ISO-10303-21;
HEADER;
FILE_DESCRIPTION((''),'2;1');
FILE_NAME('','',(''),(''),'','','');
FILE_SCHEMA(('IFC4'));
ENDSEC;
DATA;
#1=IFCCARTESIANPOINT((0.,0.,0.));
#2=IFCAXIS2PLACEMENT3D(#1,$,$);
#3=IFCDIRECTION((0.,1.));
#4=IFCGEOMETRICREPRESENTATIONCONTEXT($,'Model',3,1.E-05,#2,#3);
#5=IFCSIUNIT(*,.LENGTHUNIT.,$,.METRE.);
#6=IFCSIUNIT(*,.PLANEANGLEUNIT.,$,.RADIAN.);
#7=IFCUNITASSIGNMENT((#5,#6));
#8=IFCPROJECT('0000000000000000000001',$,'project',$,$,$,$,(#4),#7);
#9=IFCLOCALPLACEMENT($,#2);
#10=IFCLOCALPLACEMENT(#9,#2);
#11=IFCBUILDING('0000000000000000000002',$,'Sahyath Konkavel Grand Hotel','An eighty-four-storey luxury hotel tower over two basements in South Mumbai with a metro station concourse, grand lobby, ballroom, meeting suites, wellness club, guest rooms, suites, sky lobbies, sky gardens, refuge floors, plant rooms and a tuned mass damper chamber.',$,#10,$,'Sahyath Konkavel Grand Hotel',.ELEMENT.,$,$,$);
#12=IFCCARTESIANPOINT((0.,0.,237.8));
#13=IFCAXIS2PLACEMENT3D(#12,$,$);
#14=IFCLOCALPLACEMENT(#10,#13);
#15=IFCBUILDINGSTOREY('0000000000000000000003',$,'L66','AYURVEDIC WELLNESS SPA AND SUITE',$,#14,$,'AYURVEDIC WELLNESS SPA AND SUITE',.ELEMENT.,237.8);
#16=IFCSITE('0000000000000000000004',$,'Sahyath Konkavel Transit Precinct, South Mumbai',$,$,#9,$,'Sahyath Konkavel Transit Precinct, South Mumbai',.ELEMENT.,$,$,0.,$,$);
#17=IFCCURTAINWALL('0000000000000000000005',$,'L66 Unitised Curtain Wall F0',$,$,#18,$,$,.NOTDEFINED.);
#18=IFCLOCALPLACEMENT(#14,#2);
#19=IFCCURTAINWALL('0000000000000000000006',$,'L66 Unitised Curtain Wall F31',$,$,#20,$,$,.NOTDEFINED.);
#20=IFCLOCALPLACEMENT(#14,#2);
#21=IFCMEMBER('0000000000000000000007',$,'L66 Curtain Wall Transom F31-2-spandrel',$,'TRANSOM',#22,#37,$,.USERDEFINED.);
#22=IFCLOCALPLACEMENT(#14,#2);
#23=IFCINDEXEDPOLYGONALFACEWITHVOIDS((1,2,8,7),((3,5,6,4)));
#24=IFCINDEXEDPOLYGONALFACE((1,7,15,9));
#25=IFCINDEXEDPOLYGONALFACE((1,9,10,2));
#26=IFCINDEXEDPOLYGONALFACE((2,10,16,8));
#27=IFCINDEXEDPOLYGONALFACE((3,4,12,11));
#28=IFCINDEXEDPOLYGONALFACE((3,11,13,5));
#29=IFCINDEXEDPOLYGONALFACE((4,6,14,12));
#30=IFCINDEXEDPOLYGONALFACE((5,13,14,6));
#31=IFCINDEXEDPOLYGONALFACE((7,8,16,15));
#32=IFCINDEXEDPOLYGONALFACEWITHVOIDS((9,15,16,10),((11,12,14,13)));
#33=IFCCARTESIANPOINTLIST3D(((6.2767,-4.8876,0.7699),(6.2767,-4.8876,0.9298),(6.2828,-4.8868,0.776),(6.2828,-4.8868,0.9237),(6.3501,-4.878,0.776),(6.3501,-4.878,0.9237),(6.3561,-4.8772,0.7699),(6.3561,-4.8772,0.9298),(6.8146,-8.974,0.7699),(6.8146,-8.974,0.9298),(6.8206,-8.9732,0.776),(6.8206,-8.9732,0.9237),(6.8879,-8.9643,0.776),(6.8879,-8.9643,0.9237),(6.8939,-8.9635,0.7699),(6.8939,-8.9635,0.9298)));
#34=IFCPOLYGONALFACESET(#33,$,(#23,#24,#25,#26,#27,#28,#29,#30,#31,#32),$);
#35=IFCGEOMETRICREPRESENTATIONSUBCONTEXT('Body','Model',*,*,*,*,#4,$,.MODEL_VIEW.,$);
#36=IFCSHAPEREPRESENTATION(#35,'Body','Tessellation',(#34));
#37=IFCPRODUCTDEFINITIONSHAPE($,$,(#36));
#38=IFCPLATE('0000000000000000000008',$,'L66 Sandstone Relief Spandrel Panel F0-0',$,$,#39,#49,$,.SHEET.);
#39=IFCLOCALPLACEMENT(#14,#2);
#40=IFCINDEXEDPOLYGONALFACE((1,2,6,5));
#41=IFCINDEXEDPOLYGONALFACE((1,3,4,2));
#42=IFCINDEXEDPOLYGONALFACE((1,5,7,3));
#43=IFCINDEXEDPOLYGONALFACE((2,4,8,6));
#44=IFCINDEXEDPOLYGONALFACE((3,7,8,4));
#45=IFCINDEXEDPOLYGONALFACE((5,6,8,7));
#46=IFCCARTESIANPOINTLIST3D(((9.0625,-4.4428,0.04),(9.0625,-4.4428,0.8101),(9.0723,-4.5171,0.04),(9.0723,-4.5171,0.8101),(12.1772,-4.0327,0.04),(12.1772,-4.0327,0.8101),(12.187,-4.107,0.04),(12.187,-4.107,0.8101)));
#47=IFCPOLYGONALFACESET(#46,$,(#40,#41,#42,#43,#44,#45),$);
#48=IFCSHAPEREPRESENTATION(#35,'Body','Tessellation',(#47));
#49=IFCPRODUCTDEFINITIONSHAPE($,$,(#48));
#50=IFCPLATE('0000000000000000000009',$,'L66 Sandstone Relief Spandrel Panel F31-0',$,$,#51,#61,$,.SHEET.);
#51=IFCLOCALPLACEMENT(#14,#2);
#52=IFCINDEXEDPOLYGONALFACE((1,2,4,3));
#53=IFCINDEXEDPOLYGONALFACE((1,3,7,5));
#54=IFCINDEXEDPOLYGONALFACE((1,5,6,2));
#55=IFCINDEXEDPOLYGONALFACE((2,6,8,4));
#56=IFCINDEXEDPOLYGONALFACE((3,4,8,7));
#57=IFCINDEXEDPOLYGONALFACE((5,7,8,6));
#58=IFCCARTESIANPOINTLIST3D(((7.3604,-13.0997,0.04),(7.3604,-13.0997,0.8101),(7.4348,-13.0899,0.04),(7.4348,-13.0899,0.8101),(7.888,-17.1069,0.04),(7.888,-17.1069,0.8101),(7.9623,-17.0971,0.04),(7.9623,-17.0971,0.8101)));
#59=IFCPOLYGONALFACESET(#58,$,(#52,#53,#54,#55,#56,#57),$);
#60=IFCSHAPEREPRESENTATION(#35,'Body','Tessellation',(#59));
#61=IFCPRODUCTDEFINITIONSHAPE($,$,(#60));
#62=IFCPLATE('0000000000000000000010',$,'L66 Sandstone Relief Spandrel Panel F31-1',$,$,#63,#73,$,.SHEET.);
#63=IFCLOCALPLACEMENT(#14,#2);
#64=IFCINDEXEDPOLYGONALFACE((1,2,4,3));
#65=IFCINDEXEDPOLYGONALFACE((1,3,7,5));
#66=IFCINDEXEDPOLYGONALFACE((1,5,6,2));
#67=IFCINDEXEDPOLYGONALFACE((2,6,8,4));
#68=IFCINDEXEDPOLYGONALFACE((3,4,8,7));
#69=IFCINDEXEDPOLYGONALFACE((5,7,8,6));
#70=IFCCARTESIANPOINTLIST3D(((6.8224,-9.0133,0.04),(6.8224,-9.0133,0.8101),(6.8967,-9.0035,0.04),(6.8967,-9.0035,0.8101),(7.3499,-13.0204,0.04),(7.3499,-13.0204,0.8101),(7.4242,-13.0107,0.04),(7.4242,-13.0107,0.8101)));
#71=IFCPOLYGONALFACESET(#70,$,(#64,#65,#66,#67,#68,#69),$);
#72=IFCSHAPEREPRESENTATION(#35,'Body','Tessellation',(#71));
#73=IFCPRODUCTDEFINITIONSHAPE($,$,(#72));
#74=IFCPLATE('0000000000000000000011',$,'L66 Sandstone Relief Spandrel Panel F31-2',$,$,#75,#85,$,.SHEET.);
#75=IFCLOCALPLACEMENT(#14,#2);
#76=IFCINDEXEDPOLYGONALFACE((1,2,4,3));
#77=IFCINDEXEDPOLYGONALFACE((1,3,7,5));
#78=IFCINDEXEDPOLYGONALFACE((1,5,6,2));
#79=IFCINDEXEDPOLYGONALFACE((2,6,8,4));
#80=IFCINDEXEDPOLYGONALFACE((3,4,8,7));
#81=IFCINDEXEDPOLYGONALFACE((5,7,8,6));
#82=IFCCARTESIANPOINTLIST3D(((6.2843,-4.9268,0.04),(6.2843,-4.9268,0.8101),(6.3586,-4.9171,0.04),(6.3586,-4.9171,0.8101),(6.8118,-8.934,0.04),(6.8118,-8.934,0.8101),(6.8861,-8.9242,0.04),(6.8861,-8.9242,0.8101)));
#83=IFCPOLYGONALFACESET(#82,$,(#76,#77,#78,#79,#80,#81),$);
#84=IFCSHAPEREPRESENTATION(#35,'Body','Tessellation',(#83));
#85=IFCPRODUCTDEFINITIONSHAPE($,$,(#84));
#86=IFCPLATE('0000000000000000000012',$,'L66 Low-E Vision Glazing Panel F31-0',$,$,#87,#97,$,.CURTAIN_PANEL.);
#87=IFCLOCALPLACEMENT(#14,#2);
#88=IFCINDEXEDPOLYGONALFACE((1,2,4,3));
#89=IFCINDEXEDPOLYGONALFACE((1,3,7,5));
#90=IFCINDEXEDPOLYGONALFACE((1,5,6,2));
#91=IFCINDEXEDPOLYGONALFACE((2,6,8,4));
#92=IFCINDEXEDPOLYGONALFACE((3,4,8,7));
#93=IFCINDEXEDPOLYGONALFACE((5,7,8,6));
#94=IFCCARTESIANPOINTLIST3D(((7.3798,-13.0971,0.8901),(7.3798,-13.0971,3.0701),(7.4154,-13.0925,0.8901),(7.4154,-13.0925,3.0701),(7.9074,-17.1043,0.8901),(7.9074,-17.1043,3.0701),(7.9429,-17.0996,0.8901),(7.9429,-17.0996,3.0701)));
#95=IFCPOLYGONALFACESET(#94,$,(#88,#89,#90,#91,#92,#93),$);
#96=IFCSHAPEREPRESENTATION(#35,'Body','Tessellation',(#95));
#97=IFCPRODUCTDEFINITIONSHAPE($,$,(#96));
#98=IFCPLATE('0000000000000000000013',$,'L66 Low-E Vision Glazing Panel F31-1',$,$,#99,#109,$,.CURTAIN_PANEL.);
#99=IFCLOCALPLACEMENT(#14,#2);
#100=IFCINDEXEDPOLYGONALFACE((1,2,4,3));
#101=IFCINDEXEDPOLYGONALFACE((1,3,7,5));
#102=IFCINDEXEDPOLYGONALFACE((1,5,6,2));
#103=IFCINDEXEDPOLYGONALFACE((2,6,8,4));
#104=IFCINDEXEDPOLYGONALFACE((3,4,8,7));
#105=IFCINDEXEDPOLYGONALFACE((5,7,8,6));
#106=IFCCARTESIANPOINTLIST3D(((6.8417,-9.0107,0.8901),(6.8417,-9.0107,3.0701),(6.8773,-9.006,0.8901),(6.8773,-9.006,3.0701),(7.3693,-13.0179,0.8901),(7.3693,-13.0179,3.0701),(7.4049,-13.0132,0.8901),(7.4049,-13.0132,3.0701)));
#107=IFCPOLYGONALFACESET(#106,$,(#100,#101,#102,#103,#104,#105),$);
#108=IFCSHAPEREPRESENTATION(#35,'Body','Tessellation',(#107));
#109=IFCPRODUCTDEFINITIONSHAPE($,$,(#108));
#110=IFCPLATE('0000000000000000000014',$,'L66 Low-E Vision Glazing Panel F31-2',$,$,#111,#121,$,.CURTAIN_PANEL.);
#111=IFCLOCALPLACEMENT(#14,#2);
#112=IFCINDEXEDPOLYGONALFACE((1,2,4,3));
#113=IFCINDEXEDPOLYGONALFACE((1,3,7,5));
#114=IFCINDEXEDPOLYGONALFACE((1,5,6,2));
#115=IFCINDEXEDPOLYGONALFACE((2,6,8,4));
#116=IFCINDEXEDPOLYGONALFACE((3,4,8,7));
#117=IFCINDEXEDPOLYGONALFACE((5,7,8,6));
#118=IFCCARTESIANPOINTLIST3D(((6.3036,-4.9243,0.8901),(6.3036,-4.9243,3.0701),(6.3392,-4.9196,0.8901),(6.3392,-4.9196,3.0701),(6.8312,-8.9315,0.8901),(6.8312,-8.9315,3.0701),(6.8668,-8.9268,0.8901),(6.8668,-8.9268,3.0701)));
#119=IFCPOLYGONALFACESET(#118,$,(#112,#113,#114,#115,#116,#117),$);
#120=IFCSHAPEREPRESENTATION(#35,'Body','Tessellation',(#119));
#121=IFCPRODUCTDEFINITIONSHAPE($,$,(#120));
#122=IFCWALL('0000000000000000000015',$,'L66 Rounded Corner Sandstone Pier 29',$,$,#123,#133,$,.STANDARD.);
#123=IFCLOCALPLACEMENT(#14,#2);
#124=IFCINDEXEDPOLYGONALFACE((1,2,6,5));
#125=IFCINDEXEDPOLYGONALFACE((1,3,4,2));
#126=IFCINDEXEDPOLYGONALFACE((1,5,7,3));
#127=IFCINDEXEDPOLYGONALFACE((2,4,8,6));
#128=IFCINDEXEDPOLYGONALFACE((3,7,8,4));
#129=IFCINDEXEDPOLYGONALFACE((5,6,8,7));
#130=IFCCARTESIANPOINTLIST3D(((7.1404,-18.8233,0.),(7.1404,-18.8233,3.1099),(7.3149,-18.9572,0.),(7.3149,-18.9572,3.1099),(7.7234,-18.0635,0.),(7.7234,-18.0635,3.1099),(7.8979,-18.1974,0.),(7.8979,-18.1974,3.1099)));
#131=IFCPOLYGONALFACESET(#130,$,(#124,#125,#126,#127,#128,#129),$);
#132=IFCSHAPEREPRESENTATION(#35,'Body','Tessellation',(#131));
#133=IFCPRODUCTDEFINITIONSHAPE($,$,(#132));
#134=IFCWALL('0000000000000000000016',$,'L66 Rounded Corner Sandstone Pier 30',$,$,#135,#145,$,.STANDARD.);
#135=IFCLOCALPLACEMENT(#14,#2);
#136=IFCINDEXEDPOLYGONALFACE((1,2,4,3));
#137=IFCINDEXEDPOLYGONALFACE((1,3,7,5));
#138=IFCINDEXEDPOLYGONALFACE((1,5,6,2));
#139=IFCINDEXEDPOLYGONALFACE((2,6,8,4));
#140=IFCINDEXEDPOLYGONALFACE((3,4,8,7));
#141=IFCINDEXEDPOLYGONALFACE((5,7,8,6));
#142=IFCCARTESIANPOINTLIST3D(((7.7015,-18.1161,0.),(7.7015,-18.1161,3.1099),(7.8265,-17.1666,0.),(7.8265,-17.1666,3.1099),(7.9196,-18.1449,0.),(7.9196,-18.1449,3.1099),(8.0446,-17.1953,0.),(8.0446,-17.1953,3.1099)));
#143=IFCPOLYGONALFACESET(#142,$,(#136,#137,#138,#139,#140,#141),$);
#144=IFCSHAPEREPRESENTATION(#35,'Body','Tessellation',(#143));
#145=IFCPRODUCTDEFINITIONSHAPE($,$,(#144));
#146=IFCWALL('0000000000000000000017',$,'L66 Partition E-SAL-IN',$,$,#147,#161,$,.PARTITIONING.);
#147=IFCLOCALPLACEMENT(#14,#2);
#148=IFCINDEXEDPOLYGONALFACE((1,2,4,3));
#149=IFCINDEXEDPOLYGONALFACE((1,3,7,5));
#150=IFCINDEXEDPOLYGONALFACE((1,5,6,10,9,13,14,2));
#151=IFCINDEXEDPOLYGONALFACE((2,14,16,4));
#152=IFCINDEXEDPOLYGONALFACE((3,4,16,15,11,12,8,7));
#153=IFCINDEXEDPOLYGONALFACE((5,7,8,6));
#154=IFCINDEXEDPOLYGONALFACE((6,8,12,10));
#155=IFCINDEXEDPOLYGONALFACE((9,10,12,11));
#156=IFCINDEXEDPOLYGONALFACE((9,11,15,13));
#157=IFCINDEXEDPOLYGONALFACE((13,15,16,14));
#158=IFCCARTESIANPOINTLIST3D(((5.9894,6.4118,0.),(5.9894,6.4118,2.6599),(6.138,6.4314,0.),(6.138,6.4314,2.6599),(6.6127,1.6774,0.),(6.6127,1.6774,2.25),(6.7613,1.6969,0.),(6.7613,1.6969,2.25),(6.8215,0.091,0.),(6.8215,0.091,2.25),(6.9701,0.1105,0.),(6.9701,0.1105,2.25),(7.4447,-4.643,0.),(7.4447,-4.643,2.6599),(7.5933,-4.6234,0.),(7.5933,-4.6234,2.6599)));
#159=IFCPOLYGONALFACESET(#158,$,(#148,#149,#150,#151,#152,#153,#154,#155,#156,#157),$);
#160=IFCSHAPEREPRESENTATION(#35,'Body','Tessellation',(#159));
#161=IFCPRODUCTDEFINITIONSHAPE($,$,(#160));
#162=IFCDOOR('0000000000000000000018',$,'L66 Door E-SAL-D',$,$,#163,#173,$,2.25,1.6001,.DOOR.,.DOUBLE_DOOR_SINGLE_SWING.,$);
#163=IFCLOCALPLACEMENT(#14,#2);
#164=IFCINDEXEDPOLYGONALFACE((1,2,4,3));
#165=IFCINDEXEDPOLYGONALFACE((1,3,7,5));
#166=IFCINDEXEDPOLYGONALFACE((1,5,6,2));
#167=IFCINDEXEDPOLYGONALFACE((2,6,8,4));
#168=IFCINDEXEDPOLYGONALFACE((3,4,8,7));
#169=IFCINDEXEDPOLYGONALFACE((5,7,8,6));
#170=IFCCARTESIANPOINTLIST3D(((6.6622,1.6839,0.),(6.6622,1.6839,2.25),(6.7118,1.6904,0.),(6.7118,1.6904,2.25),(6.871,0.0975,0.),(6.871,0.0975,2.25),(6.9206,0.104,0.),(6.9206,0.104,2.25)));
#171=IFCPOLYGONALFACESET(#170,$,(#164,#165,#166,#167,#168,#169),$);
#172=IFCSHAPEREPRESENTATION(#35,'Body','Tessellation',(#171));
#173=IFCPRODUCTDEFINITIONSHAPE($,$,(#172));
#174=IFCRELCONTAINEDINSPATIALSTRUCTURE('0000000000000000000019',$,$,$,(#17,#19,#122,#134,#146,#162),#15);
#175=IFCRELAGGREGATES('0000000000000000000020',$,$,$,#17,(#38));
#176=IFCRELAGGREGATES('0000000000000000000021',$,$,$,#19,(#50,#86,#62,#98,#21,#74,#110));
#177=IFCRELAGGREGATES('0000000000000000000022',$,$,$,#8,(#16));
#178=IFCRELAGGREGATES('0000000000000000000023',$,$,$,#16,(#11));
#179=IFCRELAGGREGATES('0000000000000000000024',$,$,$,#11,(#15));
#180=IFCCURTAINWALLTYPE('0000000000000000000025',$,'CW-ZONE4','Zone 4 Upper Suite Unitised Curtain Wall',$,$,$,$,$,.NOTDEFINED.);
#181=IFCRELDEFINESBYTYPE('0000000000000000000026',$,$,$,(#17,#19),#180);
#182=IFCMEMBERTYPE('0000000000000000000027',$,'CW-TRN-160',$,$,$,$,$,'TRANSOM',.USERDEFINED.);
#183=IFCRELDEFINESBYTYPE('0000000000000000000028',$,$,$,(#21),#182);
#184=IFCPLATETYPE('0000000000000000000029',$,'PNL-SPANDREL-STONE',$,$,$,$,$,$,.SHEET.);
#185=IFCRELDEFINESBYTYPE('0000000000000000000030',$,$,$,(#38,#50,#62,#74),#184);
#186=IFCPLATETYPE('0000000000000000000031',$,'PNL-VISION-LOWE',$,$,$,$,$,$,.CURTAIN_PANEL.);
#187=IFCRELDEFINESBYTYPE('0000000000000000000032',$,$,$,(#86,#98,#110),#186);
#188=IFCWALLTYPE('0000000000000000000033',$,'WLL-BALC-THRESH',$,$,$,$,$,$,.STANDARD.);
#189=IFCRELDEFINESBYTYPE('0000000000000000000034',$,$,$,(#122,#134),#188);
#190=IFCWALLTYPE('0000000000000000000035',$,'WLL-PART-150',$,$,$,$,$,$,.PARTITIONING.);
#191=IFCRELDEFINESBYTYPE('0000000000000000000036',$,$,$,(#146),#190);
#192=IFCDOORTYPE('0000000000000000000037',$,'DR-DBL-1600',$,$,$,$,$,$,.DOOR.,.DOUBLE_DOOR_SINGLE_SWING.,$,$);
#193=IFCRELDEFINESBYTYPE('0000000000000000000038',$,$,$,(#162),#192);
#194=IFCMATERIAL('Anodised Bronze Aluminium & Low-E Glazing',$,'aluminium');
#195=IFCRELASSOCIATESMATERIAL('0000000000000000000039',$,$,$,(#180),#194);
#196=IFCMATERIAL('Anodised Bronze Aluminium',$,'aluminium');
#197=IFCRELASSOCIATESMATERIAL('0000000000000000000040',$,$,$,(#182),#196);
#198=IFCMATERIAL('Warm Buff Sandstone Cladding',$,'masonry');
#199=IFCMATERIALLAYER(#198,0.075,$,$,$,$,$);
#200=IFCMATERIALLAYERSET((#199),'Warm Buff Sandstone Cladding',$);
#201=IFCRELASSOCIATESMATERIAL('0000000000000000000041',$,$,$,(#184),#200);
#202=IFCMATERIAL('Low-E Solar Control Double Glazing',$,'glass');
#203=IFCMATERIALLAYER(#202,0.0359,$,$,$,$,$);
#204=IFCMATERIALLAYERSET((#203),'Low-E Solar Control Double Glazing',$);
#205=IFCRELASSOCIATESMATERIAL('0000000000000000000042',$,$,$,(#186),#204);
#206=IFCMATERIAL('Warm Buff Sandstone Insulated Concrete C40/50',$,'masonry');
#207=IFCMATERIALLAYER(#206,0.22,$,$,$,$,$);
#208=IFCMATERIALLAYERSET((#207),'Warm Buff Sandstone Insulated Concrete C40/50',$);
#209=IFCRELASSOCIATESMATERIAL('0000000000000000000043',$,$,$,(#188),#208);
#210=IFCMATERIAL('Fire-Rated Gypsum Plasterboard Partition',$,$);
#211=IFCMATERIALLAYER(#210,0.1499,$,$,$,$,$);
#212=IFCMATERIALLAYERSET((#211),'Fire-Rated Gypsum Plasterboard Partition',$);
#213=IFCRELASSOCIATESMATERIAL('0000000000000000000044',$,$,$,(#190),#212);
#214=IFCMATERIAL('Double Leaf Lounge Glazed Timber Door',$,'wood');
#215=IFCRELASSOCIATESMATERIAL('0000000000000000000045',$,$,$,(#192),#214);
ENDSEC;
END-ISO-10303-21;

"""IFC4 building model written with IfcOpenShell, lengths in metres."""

from ifc_helpers import new_model, si_unit, direction, frame, frame_2d, origin, origin_2d, place, context, subcontext, project, spatial, rectangle, hollow_rectangle, extrude, source, transform, mapped, material, layer, layer_set, material_profile, profile_set, type_object, element, fill, aggregate, save


model = new_model("IFC4")

# Units and contexts
model_context = context("Model", 3, precision=1e-05, world=origin(), true_north=direction((0.0, 1.0)))
body_context = subcontext(model_context, "Body", "Model", "MODEL_VIEW")
ifc_project = project(units=[si_unit("LENGTHUNIT", "METRE"), si_unit("PLANEANGLEUNIT", "RADIAN")], contexts=[model_context])

# Site, building, storey
site_placement = place(None, origin())
site = spatial("IfcSite", under=ifc_project, at=site_placement, Name="Sahyath Konkavel Transit Precinct, South Mumbai", LongName="Sahyath Konkavel Transit Precinct, South Mumbai", CompositionType="ELEMENT", RefElevation=0.0)
building_placement = place(site_placement, origin())
building = spatial("IfcBuilding", under=site, at=building_placement, Name="Sahyath Konkavel Grand Hotel", Description="An eighty-four-storey luxury hotel tower over two basements in South Mumbai with a metro station concourse, grand lobby, ballroom, meeting suites, wellness club, guest rooms, suites, sky lobbies, sky gardens, refuge floors, plant rooms and a tuned mass damper chamber.", LongName="Sahyath Konkavel Grand Hotel", CompositionType="ELEMENT")
storey_placement = place(building_placement, frame((0.0, 0.0, 237.8)))
storey = spatial("IfcBuildingStorey", under=building, at=storey_placement, Name="L66", Description="AYURVEDIC WELLNESS SPA AND SUITE", LongName="AYURVEDIC WELLNESS SPA AND SUITE", CompositionType="ELEMENT", Elevation=237.8)

# Curtain wall
ifc_material_1 = material(Name="Anodised Bronze Aluminium & Low-E Glazing", Category="aluminium")
curtain_wall_type = type_object("IfcCurtainWallType", Name="CW-ZONE4", Description="Zone 4 Upper Suite Unitised Curtain Wall", PredefinedType="NOTDEFINED", material=ifc_material_1)
curtain_wall_1_placement = place(storey_placement, origin())
curtain_wall_1 = element("IfcCurtainWall", 1, at=curtain_wall_1_placement, inside=storey, type_object=curtain_wall_type, Name="L66 Unitised Curtain Wall F0", PredefinedType="NOTDEFINED")
ifc_material_2 = material(Name="Anodised Bronze Aluminium", Category="aluminium")

# Curtain wall
curtain_wall_2_placement = place(storey_placement, origin())
curtain_wall_2 = element("IfcCurtainWall", 2, at=curtain_wall_2_placement, inside=storey, type_object=curtain_wall_type, Name="L66 Unitised Curtain Wall F31", PredefinedType="NOTDEFINED")

# Member
ifc_material_profile_1 = material_profile(ifc_material_2, hollow_rectangle(XDim=0.0801, YDim=0.1599, WallThickness=0.0061, at=origin_2d()), Name="RHS 160x80x6")
ifc_profile_set_1 = profile_set([ifc_material_profile_1], Name="Anodised Bronze Aluminium")
member_type_1 = type_object("IfcMemberType", Name="CW-TRN-160", ElementType="TRANSOM", PredefinedType="USERDEFINED", material=ifc_profile_set_1)
shared_shape_1 = source(origin(), body_context, "Body", "SweptSolid", [
    extrude(hollow_rectangle(XDim=0.0801, YDim=0.1599, WallThickness=0.0061, at=origin_2d()), origin(), (0.0, 0.0, 1.0), 4.1216),
])
member_1_placement = place(storey_placement, frame((6.8542, -8.9688, 0.8499), z_axis=(-0.130491, 0.991449, 0.0), x_axis=(-0.991449, -0.130491, 0.0)))
member_1 = element("IfcMember", 3, at=member_1_placement, type_object=member_type_1, Name="L66 Curtain Wall Transom F31-2-spandrel", ObjectType="TRANSOM", PredefinedType="USERDEFINED", context=body_context, shape_type="MappedRepresentation", body=[
    mapped(shared_shape_1, transform((0.0, 0.0, 0.0), scale=1.0)),
])

# Plates
ifc_material_3 = material(Name="Warm Buff Sandstone Cladding", Category="masonry")
ifc_layer_1 = layer(ifc_material_3, 0.075)
ifc_layer_set_1 = layer_set([ifc_layer_1], Name="Warm Buff Sandstone Cladding")
plate_type_1 = type_object("IfcPlateType", Name="PNL-SPANDREL-STONE", PredefinedType="SHEET", material=ifc_layer_set_1)
shared_shape_2 = source(origin(), body_context, "Body", "SweptSolid", [
    extrude(rectangle(XDim=3.1416, YDim=0.075, at=origin_2d()), origin(), (0.0, 0.0, 1.0), 0.77),
])
plate_1_placement = place(storey_placement, frame((10.6248, -4.2749, 0.04), z_axis=(0.0, 0.0, 1.0), x_axis=(0.991445, 0.130526, 0.0)))
plate_1 = element("IfcPlate", 4, at=plate_1_placement, type_object=plate_type_1, Name="L66 Sandstone Relief Spandrel Panel F0-0", PredefinedType="SHEET", context=body_context, shape_type="MappedRepresentation", body=[
    mapped(shared_shape_2, transform((0.0, 0.0, 0.0), scale=1.0)),
])
aggregate(curtain_wall_1, [plate_1])
shared_shape_3 = source(origin(), body_context, "Body", "SweptSolid", [
    extrude(rectangle(XDim=4.0417, YDim=0.075, at=origin_2d()), origin(), (0.0, 0.0, 1.0), 0.77),
])
plate_2_placement = place(storey_placement, frame((7.6614, -15.0984, 0.04), z_axis=(0.0, 0.0, 1.0), x_axis=(-0.130526, 0.991445, 0.0)))
plate_2 = element("IfcPlate", 5, at=plate_2_placement, type_object=plate_type_1, Name="L66 Sandstone Relief Spandrel Panel F31-0", PredefinedType="SHEET", context=body_context, shape_type="MappedRepresentation", body=[
    mapped(shared_shape_3, transform((0.0, 0.0, 0.0), scale=1.0)),
])
plate_3_placement = place(storey_placement, frame((7.1233, -11.012, 0.04), z_axis=(0.0, 0.0, 1.0), x_axis=(-0.130526, 0.991445, 0.0)))
plate_3 = element("IfcPlate", 6, at=plate_3_placement, type_object=plate_type_1, Name="L66 Sandstone Relief Spandrel Panel F31-1", PredefinedType="SHEET", context=body_context, shape_type="MappedRepresentation", body=[
    mapped(shared_shape_3, transform((0.0, 0.0, 0.0), scale=1.0)),
])
plate_4_placement = place(storey_placement, frame((6.5852, -6.9255, 0.04), z_axis=(0.0, 0.0, 1.0), x_axis=(-0.130526, 0.991445, 0.0)))
plate_4 = element("IfcPlate", 7, at=plate_4_placement, type_object=plate_type_1, Name="L66 Sandstone Relief Spandrel Panel F31-2", PredefinedType="SHEET", context=body_context, shape_type="MappedRepresentation", body=[
    mapped(shared_shape_3, transform((0.0, 0.0, 0.0), scale=1.0)),
])
ifc_material_4 = material(Name="Low-E Solar Control Double Glazing", Category="glass")
ifc_layer_2 = layer(ifc_material_4, 0.0359)
ifc_layer_set_2 = layer_set([ifc_layer_2], Name="Low-E Solar Control Double Glazing")
plate_type_2 = type_object("IfcPlateType", Name="PNL-VISION-LOWE", PredefinedType="CURTAIN_PANEL", material=ifc_layer_set_2)
shared_shape_4 = source(origin(), body_context, "Body", "SweptSolid", [
    extrude(rectangle(XDim=4.0417, YDim=0.0359, at=origin_2d()), origin(), (0.0, 0.0, 1.0), 2.1799),
])
plate_5_placement = place(storey_placement, frame((7.6614, -15.0984, 0.8901), z_axis=(0.0, 0.0, 1.0), x_axis=(-0.130526, 0.991445, 0.0)))
plate_5 = element("IfcPlate", 8, at=plate_5_placement, type_object=plate_type_2, Name="L66 Low-E Vision Glazing Panel F31-0", PredefinedType="CURTAIN_PANEL", context=body_context, shape_type="MappedRepresentation", body=[
    mapped(shared_shape_4, transform((0.0, 0.0, 0.0), scale=1.0)),
])
plate_6_placement = place(storey_placement, frame((7.1233, -11.012, 0.8901), z_axis=(0.0, 0.0, 1.0), x_axis=(-0.130526, 0.991445, 0.0)))
plate_6 = element("IfcPlate", 9, at=plate_6_placement, type_object=plate_type_2, Name="L66 Low-E Vision Glazing Panel F31-1", PredefinedType="CURTAIN_PANEL", context=body_context, shape_type="MappedRepresentation", body=[
    mapped(shared_shape_4, transform((0.0, 0.0, 0.0), scale=1.0)),
])
plate_7_placement = place(storey_placement, frame((6.5852, -6.9255, 0.8901), z_axis=(0.0, 0.0, 1.0), x_axis=(-0.130526, 0.991445, 0.0)))
plate_7 = element("IfcPlate", 10, at=plate_7_placement, type_object=plate_type_2, Name="L66 Low-E Vision Glazing Panel F31-2", PredefinedType="CURTAIN_PANEL", context=body_context, shape_type="MappedRepresentation", body=[
    mapped(shared_shape_4, transform((0.0, 0.0, 0.0), scale=1.0)),
])
aggregate(curtain_wall_2, [plate_2, plate_5, plate_3, plate_6, member_1, plate_4, plate_7])

# Walls
ifc_material_5 = material(Name="Warm Buff Sandstone Insulated Concrete C40/50", Category="masonry")
ifc_layer_3 = layer(ifc_material_5, 0.22)
ifc_layer_set_3 = layer_set([ifc_layer_3], Name="Warm Buff Sandstone Insulated Concrete C40/50")
wall_type_1 = type_object("IfcWallType", Name="WLL-BALC-THRESH", PredefinedType="STANDARD", material=ifc_layer_set_3)
for number, where, z_axis, x_axis, name in (
    (11, (7.2275, -18.8904, 0.0), (0.0, 0.0, 1.0), (0.608774, 0.793344, 0.0), "L66 Rounded Corner Sandstone Pier 29"),
    (12, (7.8105, -18.1306, 0.0), (0.0, 0.0, 1.0), (0.130527, 0.991445, 0.0), "L66 Rounded Corner Sandstone Pier 30"),
):
    element("IfcWall", number, at=place(storey_placement, frame(where, z_axis=z_axis, x_axis=x_axis)), inside=storey, type_object=wall_type_1, Name=name, PredefinedType="STANDARD", context=body_context, shape_type="SweptSolid", body=[
        extrude(rectangle(XDim=0.9578, YDim=0.22, at=frame_2d((0.479, 0.0))), origin(), (0.0, 0.0, 1.0), 3.1099),
    ])

# Wall, opening, door
ifc_material_6 = material(Name="Fire-Rated Gypsum Plasterboard Partition")
ifc_layer_4 = layer(ifc_material_6, 0.1499)
ifc_layer_set_4 = layer_set([ifc_layer_4], Name="Fire-Rated Gypsum Plasterboard Partition")
wall_type_2 = type_object("IfcWallType", Name="WLL-PART-150", PredefinedType="PARTITIONING", material=ifc_layer_set_4)
wall_placement = place(storey_placement, frame((7.519, -4.6333, 0.0), z_axis=(0.0, 0.0, 1.0), x_axis=(-0.130521, 0.991445, 0.0)))
wall = element("IfcWall", 13, at=wall_placement, inside=storey, type_object=wall_type_2, Name="L66 Partition E-SAL-IN", PredefinedType="PARTITIONING", context=body_context, shape_type="SweptSolid", body=[
    extrude(rectangle(XDim=11.1501, YDim=0.1499, at=frame_2d((5.5752, 0.0))), origin(), (0.0, 0.0, 1.0), 2.6599),
])
opening_placement = place(wall_placement, frame((4.7749, 0.0, 0.0)))
opening = element("IfcOpeningElement", 14, at=opening_placement, cuts=wall, PredefinedType="OPENING", context=body_context, shape_type="SweptSolid", body=[
    extrude(rectangle(XDim=1.6001, YDim=2.25, at=frame_2d((0.8, 1.125))), frame((0.0, 0.085, 0.0), z_axis=(0.0, -1.0, 0.0), x_axis=(1.0, 0.0, 0.0)), (0.0, 0.0, 1.0), 0.1699),
])
ifc_material_7 = material(Name="Double Leaf Lounge Glazed Timber Door", Category="wood")
door_type = type_object("IfcDoorType", Name="DR-DBL-1600", OperationType="DOUBLE_DOOR_SINGLE_SWING", PredefinedType="DOOR", material=ifc_material_7)
shared_shape_5 = source(origin(), body_context, "Body", "SweptSolid", [
    extrude(rectangle(XDim=1.6001, YDim=0.05, at=origin_2d()), origin(), (0.0, 0.0, 1.0), 2.25),
])
door_placement = place(opening_placement, frame((0.8, 0.0, 0.0)))
door = element("IfcDoor", 15, at=door_placement, inside=storey, type_object=door_type, Name="L66 Door E-SAL-D", OperationType="DOUBLE_DOOR_SINGLE_SWING", OverallHeight=2.25, OverallWidth=1.6001, PredefinedType="DOOR", context=body_context, shape_type="MappedRepresentation", body=[
    mapped(shared_shape_5, transform((0.0, 0.0, 0.0), scale=1.0)),
])
fill(opening, door)

save(model, "model.ifc")
